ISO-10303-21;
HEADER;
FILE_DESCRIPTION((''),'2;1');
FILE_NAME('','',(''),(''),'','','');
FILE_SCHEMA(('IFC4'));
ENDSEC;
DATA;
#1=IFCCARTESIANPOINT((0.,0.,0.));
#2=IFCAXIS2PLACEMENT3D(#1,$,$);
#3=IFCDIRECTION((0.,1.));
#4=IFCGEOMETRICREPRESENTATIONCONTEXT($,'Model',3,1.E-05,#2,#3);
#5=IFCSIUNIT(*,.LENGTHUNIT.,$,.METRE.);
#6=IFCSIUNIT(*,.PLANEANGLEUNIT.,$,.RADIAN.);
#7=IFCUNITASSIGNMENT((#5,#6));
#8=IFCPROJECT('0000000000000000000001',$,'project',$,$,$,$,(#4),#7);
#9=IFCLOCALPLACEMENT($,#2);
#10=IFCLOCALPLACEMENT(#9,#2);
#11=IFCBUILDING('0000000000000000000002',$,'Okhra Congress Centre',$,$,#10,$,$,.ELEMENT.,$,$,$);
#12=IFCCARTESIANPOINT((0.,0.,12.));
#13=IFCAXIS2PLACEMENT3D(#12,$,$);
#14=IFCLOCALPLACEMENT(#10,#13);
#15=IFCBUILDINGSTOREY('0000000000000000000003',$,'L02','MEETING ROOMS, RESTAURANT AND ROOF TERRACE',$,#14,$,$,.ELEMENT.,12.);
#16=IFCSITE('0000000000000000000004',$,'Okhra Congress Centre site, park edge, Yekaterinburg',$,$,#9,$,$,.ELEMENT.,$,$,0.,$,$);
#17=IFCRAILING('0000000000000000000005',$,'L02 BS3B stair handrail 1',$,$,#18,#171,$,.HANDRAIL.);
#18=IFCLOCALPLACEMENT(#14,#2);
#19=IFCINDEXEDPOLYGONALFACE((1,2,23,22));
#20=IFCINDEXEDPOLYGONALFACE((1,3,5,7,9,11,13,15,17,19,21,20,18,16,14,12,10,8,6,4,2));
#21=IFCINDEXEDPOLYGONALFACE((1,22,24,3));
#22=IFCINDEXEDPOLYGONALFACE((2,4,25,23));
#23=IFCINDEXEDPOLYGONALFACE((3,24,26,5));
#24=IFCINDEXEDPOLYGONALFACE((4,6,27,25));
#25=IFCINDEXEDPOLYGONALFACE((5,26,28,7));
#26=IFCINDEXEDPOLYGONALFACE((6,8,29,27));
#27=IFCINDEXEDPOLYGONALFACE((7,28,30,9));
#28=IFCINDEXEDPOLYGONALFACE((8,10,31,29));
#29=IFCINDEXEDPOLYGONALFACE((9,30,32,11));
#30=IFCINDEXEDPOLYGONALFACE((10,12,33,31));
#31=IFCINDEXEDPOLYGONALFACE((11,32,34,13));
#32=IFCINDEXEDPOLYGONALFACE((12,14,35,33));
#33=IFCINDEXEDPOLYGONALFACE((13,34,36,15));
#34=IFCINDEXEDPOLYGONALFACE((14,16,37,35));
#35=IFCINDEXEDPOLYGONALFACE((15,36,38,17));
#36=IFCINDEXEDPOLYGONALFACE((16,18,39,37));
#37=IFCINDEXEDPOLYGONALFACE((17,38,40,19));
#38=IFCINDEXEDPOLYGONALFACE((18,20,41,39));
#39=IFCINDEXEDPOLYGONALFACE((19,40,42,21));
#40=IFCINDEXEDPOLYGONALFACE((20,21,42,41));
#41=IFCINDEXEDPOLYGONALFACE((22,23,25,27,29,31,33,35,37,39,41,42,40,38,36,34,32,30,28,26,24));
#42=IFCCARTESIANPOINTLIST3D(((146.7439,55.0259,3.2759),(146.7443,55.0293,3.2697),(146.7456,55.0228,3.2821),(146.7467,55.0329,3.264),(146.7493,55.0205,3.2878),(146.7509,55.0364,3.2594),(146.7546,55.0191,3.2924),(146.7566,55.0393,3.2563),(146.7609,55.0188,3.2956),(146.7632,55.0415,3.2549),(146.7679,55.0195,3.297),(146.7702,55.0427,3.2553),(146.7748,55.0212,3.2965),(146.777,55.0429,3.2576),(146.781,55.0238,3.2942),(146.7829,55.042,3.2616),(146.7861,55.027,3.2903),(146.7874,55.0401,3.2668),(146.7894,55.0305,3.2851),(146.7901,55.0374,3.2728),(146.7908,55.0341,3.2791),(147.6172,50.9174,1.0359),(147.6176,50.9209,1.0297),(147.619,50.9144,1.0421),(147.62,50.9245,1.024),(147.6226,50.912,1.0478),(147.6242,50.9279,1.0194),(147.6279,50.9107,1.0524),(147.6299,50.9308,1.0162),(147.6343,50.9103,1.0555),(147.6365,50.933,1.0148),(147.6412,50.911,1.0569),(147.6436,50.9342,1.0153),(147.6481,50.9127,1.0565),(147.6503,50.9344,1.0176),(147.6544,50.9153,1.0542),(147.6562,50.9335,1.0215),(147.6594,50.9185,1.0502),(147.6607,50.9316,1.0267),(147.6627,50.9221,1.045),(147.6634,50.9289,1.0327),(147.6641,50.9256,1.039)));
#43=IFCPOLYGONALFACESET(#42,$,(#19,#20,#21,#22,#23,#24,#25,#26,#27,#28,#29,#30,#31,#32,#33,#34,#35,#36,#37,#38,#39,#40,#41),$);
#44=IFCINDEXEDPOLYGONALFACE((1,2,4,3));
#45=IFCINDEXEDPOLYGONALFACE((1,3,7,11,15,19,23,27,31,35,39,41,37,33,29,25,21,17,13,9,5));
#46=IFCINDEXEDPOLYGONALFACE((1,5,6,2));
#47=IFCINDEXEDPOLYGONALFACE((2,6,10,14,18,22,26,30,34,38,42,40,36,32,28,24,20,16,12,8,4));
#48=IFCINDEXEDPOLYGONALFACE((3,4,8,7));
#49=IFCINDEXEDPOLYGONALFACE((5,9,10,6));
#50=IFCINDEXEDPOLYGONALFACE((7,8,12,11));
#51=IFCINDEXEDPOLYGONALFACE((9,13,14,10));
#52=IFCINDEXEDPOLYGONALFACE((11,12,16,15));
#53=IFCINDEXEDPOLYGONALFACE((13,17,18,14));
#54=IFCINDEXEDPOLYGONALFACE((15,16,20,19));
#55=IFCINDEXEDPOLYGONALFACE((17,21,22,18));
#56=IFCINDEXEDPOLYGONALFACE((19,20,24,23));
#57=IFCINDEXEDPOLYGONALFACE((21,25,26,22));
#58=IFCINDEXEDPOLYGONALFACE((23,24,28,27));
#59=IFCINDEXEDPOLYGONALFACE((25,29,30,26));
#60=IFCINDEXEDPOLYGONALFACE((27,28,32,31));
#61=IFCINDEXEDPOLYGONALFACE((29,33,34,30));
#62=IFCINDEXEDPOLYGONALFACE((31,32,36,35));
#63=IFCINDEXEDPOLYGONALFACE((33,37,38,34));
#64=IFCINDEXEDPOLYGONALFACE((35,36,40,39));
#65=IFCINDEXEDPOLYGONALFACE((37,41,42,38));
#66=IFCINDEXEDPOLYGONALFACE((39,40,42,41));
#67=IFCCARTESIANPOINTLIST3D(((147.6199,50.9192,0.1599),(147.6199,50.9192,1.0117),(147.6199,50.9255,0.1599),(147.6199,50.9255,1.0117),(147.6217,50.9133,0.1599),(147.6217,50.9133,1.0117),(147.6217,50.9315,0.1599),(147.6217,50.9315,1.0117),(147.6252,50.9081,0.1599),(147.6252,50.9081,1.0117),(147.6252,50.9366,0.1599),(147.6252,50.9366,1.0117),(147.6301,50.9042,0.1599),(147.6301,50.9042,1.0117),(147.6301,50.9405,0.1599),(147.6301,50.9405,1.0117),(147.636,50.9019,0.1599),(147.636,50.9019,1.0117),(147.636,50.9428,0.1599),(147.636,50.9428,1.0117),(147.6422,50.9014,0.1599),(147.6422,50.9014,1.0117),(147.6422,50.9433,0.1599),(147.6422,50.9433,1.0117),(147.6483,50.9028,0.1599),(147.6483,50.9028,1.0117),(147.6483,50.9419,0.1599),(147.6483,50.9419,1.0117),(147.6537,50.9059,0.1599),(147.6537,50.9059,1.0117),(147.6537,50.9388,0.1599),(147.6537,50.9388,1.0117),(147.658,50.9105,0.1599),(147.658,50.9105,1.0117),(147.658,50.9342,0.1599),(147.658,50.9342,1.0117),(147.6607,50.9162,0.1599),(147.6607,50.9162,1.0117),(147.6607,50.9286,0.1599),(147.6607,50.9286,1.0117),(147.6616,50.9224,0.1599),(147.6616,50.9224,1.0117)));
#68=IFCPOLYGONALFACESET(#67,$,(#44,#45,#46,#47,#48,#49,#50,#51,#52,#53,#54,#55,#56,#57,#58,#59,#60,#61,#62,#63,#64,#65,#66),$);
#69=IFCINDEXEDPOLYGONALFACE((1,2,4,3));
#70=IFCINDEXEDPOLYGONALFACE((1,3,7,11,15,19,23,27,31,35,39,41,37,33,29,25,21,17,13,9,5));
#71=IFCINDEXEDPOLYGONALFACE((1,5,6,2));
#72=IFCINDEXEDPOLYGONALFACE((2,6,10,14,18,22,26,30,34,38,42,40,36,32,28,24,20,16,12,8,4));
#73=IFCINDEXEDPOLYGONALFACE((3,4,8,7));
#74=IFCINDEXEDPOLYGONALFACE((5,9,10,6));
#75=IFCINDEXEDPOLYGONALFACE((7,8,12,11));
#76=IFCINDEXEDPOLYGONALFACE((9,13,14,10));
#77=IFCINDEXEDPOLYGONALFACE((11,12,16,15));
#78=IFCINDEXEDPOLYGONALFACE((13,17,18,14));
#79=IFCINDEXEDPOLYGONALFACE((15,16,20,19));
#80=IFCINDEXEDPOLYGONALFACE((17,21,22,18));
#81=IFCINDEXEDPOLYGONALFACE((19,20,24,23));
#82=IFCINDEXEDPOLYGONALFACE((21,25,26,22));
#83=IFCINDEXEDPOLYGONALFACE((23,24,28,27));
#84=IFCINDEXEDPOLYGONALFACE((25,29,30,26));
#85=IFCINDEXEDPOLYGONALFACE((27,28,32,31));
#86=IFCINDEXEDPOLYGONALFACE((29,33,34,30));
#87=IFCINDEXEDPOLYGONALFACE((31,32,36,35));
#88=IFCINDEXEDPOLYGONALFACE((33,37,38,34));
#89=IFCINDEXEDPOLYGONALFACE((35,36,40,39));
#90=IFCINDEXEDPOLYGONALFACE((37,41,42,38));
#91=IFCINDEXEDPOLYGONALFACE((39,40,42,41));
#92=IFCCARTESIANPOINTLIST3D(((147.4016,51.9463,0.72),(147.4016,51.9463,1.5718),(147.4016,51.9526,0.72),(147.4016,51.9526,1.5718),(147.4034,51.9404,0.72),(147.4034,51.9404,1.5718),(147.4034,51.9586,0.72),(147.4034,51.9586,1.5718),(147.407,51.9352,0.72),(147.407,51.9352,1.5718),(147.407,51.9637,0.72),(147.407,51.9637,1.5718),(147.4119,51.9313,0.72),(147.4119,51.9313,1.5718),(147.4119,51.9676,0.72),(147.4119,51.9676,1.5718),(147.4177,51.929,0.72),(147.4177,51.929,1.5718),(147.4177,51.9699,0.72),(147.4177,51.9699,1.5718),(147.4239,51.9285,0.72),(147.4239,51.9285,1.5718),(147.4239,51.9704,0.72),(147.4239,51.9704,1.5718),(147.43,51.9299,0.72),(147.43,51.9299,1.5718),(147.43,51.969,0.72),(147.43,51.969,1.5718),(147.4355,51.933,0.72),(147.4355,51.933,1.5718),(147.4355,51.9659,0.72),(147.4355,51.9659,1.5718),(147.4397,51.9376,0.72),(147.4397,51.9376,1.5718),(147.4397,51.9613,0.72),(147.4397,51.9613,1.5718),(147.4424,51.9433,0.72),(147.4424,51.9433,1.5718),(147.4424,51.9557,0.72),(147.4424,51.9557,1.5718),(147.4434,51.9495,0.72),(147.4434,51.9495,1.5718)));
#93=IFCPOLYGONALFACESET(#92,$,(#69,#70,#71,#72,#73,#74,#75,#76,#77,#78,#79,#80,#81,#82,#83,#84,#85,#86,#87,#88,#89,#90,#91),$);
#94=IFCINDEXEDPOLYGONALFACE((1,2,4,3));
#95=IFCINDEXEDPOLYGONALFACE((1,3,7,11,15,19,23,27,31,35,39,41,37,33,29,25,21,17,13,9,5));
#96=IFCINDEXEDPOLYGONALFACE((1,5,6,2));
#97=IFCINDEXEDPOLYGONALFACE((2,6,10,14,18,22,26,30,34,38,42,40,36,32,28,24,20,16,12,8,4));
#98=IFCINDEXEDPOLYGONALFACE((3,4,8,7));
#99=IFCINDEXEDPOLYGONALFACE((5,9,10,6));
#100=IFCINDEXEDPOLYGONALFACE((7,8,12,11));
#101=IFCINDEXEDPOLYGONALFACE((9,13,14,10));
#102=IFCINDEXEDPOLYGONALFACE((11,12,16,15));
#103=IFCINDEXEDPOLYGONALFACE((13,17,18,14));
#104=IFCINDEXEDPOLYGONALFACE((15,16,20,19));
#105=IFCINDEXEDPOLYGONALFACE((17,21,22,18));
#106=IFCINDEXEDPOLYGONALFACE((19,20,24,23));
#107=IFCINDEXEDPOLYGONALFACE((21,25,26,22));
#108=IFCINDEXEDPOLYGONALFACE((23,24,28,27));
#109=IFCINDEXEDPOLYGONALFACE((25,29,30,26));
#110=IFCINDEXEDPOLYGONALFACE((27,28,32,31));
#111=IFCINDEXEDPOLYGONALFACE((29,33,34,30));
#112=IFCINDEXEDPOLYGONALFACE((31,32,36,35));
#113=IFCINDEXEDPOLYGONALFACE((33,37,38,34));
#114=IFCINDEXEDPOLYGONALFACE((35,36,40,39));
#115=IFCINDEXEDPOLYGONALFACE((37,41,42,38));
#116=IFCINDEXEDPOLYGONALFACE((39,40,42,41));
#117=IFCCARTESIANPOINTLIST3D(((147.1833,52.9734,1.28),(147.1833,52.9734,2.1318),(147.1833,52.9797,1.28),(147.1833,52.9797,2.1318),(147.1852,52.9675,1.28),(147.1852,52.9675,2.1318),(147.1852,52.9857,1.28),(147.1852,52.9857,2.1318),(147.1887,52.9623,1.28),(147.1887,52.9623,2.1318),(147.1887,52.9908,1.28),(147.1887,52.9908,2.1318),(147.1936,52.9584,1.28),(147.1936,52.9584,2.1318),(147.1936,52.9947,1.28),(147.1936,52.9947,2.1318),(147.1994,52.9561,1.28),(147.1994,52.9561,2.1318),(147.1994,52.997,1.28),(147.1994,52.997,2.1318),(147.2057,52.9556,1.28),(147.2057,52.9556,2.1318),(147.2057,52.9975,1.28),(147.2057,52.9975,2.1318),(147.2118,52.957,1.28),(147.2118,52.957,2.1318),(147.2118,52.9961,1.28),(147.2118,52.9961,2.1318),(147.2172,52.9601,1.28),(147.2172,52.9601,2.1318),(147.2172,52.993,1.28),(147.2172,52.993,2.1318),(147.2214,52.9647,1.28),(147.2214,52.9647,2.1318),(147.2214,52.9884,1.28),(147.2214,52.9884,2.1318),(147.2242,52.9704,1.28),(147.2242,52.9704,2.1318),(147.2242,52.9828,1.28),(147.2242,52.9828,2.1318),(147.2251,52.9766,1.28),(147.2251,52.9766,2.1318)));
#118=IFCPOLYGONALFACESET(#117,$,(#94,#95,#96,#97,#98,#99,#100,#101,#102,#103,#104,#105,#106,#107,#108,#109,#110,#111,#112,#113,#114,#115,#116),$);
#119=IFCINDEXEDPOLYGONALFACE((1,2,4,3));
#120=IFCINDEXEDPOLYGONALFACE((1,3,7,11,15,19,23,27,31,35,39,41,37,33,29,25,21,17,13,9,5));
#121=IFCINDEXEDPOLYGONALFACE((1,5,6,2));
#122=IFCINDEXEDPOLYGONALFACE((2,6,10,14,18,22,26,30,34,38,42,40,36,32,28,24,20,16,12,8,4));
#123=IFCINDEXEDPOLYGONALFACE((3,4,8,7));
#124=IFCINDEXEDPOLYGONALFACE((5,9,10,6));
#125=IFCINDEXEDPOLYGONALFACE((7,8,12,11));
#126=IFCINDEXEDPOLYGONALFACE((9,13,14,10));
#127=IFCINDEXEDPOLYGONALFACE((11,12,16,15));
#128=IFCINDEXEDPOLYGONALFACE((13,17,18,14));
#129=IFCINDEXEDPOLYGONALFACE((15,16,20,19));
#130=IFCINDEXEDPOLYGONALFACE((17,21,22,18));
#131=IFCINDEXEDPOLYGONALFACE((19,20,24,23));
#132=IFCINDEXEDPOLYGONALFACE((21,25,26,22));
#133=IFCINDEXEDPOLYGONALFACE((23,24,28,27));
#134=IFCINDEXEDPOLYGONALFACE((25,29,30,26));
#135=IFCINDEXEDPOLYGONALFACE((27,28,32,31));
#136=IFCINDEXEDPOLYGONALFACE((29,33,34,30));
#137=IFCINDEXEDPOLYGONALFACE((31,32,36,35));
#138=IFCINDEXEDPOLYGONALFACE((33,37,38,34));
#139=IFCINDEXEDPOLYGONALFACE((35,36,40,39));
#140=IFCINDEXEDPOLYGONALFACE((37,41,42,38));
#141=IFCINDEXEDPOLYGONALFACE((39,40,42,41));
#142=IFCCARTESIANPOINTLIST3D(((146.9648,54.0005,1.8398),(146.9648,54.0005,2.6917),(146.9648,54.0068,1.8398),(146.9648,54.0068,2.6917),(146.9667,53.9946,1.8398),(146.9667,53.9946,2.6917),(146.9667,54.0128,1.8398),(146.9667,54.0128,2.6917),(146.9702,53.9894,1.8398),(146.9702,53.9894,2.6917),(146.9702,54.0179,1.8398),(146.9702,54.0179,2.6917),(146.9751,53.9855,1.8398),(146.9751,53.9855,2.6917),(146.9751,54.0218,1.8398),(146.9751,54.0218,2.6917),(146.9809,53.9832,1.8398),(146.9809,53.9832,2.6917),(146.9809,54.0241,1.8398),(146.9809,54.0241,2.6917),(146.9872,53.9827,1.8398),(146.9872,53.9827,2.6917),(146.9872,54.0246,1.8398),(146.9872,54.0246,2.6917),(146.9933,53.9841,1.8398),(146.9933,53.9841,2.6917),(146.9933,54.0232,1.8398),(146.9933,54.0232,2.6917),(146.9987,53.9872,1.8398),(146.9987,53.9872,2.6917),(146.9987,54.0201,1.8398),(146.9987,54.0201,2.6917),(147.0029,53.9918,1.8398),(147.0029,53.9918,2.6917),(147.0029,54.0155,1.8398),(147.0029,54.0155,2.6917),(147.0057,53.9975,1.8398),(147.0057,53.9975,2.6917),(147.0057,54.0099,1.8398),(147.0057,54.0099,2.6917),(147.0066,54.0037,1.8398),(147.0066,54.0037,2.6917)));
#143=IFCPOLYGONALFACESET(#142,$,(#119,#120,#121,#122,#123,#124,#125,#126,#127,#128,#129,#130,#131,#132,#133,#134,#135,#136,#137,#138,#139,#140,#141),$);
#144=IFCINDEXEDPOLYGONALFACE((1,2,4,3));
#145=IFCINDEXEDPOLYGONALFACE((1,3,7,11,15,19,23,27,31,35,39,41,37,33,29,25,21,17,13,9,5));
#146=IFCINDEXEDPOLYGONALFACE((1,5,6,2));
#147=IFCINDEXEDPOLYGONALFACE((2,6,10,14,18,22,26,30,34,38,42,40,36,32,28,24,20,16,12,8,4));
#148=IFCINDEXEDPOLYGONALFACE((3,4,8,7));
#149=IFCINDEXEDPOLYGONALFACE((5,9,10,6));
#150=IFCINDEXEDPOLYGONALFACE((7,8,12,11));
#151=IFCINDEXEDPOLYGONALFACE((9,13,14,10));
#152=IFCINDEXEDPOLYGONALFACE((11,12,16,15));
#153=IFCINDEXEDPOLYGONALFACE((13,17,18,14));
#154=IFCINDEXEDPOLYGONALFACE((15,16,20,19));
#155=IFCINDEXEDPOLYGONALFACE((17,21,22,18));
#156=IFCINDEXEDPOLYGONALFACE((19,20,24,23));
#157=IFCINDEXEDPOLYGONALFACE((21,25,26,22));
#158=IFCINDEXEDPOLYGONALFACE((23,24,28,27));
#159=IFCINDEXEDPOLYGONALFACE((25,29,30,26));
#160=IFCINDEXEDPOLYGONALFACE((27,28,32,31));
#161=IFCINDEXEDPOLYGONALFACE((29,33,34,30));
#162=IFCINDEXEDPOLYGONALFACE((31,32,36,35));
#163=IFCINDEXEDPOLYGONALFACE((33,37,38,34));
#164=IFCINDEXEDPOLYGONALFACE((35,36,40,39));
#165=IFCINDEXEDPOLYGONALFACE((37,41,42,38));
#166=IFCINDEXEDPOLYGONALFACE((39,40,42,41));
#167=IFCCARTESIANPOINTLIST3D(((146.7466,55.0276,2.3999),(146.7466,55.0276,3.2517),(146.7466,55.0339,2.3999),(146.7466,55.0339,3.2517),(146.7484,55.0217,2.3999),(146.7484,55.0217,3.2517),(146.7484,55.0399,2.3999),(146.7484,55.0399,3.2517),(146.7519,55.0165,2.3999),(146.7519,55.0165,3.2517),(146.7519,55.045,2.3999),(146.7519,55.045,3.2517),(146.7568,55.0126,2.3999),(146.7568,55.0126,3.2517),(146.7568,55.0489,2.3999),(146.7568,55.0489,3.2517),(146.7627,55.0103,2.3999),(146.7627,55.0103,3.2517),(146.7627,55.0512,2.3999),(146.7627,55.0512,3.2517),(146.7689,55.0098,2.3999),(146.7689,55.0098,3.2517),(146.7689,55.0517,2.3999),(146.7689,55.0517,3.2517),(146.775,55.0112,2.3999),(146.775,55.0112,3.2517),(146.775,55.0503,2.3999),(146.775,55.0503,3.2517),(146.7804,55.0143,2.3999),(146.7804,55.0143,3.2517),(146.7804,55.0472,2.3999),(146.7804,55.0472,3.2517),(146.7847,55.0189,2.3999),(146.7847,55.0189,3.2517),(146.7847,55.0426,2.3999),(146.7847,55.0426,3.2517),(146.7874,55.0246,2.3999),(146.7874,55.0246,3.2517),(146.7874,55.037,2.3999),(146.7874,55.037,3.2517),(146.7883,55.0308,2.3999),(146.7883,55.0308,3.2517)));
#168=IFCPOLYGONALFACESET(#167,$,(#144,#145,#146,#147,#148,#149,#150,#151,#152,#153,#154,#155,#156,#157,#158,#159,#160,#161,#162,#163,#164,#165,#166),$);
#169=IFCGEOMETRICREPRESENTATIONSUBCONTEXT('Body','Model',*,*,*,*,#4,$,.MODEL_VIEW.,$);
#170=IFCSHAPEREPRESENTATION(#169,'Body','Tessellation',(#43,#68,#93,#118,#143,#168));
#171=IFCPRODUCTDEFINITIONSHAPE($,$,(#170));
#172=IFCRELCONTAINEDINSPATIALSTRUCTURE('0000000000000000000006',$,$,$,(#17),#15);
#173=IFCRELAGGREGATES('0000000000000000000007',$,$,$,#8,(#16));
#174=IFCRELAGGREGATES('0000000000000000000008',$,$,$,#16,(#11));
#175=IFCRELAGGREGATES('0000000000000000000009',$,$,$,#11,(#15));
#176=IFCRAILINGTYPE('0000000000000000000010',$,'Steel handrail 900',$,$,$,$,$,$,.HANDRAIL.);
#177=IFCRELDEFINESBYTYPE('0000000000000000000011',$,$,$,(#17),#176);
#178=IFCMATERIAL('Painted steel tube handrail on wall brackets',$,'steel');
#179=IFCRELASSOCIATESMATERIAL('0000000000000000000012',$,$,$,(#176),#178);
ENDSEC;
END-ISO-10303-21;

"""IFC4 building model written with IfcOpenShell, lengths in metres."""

from ifc_helpers import new_model, si_unit, direction, frame, origin, origin_2d, place, context, subcontext, project, spatial, circle, extrude, material, type_object, element, save


model = new_model("IFC4")

# Units and contexts
model_context = context("Model", 3, precision=1e-05, world=origin(), true_north=direction((0.0, 1.0)))
body_context = subcontext(model_context, "Body", "Model", "MODEL_VIEW")
ifc_project = project(units=[si_unit("LENGTHUNIT", "METRE"), si_unit("PLANEANGLEUNIT", "RADIAN")], contexts=[model_context])

# Site, building, storey
site_placement = place(None, origin())
site = spatial("IfcSite", under=ifc_project, at=site_placement, Name="Okhra Congress Centre site, park edge, Yekaterinburg", CompositionType="ELEMENT", RefElevation=0.0)
building_placement = place(site_placement, origin())
building = spatial("IfcBuilding", under=site, at=building_placement, Name="Okhra Congress Centre", CompositionType="ELEMENT")
storey_placement = place(building_placement, frame((0.0, 0.0, 12.0)))
storey = spatial("IfcBuildingStorey", under=building, at=storey_placement, Name="L02", Description="MEETING ROOMS, RESTAURANT AND ROOF TERRACE", CompositionType="ELEMENT", Elevation=12.0)

# Railing
ifc_material_1 = material(Name="Painted steel tube handrail on wall brackets", Category="steel")
railing_type_1 = type_object("IfcRailingType", Name="Steel handrail 900", PredefinedType="HANDRAIL", material=ifc_material_1)
railing_1_placement = place(storey_placement, frame((147.6406, 50.9224, 0.1599)))
element("IfcRailing", 1, at=railing_1_placement, inside=storey, type_object=railing_type_1, Name="L02 BS3B stair handrail 1", PredefinedType="HANDRAIL", context=body_context, shape_type="SweptSolid", body=[
    extrude(circle(Radius=0.0239, at=origin_2d()), frame((0.0, 0.0, 0.876), z_axis=(-0.183458, 0.86308, 0.47057), x_axis=(-0.978146, -0.207917, 0.0)), (0.0, 0.0, 1.0), 4.7603),
    extrude(circle(Radius=0.021, at=origin_2d()), origin(), (0.0, 0.0, 1.0), 0.8518),
    extrude(circle(Radius=0.021, at=origin_2d()), frame((-0.2183, 1.0271, 0.5601)), (0.0, 0.0, 1.0), 0.8518),
    extrude(circle(Radius=0.021, at=origin_2d()), frame((-0.4365, 2.0542, 1.1201)), (0.0, 0.0, 1.0), 0.8518),
    extrude(circle(Radius=0.021, at=origin_2d()), frame((-0.655, 3.0813, 1.6799)), (0.0, 0.0, 1.0), 0.8518),
    extrude(circle(Radius=0.021, at=origin_2d()), frame((-0.8733, 4.1084, 2.24)), (0.0, 0.0, 1.0), 0.8518),
])

save(model, "model.ifc")
